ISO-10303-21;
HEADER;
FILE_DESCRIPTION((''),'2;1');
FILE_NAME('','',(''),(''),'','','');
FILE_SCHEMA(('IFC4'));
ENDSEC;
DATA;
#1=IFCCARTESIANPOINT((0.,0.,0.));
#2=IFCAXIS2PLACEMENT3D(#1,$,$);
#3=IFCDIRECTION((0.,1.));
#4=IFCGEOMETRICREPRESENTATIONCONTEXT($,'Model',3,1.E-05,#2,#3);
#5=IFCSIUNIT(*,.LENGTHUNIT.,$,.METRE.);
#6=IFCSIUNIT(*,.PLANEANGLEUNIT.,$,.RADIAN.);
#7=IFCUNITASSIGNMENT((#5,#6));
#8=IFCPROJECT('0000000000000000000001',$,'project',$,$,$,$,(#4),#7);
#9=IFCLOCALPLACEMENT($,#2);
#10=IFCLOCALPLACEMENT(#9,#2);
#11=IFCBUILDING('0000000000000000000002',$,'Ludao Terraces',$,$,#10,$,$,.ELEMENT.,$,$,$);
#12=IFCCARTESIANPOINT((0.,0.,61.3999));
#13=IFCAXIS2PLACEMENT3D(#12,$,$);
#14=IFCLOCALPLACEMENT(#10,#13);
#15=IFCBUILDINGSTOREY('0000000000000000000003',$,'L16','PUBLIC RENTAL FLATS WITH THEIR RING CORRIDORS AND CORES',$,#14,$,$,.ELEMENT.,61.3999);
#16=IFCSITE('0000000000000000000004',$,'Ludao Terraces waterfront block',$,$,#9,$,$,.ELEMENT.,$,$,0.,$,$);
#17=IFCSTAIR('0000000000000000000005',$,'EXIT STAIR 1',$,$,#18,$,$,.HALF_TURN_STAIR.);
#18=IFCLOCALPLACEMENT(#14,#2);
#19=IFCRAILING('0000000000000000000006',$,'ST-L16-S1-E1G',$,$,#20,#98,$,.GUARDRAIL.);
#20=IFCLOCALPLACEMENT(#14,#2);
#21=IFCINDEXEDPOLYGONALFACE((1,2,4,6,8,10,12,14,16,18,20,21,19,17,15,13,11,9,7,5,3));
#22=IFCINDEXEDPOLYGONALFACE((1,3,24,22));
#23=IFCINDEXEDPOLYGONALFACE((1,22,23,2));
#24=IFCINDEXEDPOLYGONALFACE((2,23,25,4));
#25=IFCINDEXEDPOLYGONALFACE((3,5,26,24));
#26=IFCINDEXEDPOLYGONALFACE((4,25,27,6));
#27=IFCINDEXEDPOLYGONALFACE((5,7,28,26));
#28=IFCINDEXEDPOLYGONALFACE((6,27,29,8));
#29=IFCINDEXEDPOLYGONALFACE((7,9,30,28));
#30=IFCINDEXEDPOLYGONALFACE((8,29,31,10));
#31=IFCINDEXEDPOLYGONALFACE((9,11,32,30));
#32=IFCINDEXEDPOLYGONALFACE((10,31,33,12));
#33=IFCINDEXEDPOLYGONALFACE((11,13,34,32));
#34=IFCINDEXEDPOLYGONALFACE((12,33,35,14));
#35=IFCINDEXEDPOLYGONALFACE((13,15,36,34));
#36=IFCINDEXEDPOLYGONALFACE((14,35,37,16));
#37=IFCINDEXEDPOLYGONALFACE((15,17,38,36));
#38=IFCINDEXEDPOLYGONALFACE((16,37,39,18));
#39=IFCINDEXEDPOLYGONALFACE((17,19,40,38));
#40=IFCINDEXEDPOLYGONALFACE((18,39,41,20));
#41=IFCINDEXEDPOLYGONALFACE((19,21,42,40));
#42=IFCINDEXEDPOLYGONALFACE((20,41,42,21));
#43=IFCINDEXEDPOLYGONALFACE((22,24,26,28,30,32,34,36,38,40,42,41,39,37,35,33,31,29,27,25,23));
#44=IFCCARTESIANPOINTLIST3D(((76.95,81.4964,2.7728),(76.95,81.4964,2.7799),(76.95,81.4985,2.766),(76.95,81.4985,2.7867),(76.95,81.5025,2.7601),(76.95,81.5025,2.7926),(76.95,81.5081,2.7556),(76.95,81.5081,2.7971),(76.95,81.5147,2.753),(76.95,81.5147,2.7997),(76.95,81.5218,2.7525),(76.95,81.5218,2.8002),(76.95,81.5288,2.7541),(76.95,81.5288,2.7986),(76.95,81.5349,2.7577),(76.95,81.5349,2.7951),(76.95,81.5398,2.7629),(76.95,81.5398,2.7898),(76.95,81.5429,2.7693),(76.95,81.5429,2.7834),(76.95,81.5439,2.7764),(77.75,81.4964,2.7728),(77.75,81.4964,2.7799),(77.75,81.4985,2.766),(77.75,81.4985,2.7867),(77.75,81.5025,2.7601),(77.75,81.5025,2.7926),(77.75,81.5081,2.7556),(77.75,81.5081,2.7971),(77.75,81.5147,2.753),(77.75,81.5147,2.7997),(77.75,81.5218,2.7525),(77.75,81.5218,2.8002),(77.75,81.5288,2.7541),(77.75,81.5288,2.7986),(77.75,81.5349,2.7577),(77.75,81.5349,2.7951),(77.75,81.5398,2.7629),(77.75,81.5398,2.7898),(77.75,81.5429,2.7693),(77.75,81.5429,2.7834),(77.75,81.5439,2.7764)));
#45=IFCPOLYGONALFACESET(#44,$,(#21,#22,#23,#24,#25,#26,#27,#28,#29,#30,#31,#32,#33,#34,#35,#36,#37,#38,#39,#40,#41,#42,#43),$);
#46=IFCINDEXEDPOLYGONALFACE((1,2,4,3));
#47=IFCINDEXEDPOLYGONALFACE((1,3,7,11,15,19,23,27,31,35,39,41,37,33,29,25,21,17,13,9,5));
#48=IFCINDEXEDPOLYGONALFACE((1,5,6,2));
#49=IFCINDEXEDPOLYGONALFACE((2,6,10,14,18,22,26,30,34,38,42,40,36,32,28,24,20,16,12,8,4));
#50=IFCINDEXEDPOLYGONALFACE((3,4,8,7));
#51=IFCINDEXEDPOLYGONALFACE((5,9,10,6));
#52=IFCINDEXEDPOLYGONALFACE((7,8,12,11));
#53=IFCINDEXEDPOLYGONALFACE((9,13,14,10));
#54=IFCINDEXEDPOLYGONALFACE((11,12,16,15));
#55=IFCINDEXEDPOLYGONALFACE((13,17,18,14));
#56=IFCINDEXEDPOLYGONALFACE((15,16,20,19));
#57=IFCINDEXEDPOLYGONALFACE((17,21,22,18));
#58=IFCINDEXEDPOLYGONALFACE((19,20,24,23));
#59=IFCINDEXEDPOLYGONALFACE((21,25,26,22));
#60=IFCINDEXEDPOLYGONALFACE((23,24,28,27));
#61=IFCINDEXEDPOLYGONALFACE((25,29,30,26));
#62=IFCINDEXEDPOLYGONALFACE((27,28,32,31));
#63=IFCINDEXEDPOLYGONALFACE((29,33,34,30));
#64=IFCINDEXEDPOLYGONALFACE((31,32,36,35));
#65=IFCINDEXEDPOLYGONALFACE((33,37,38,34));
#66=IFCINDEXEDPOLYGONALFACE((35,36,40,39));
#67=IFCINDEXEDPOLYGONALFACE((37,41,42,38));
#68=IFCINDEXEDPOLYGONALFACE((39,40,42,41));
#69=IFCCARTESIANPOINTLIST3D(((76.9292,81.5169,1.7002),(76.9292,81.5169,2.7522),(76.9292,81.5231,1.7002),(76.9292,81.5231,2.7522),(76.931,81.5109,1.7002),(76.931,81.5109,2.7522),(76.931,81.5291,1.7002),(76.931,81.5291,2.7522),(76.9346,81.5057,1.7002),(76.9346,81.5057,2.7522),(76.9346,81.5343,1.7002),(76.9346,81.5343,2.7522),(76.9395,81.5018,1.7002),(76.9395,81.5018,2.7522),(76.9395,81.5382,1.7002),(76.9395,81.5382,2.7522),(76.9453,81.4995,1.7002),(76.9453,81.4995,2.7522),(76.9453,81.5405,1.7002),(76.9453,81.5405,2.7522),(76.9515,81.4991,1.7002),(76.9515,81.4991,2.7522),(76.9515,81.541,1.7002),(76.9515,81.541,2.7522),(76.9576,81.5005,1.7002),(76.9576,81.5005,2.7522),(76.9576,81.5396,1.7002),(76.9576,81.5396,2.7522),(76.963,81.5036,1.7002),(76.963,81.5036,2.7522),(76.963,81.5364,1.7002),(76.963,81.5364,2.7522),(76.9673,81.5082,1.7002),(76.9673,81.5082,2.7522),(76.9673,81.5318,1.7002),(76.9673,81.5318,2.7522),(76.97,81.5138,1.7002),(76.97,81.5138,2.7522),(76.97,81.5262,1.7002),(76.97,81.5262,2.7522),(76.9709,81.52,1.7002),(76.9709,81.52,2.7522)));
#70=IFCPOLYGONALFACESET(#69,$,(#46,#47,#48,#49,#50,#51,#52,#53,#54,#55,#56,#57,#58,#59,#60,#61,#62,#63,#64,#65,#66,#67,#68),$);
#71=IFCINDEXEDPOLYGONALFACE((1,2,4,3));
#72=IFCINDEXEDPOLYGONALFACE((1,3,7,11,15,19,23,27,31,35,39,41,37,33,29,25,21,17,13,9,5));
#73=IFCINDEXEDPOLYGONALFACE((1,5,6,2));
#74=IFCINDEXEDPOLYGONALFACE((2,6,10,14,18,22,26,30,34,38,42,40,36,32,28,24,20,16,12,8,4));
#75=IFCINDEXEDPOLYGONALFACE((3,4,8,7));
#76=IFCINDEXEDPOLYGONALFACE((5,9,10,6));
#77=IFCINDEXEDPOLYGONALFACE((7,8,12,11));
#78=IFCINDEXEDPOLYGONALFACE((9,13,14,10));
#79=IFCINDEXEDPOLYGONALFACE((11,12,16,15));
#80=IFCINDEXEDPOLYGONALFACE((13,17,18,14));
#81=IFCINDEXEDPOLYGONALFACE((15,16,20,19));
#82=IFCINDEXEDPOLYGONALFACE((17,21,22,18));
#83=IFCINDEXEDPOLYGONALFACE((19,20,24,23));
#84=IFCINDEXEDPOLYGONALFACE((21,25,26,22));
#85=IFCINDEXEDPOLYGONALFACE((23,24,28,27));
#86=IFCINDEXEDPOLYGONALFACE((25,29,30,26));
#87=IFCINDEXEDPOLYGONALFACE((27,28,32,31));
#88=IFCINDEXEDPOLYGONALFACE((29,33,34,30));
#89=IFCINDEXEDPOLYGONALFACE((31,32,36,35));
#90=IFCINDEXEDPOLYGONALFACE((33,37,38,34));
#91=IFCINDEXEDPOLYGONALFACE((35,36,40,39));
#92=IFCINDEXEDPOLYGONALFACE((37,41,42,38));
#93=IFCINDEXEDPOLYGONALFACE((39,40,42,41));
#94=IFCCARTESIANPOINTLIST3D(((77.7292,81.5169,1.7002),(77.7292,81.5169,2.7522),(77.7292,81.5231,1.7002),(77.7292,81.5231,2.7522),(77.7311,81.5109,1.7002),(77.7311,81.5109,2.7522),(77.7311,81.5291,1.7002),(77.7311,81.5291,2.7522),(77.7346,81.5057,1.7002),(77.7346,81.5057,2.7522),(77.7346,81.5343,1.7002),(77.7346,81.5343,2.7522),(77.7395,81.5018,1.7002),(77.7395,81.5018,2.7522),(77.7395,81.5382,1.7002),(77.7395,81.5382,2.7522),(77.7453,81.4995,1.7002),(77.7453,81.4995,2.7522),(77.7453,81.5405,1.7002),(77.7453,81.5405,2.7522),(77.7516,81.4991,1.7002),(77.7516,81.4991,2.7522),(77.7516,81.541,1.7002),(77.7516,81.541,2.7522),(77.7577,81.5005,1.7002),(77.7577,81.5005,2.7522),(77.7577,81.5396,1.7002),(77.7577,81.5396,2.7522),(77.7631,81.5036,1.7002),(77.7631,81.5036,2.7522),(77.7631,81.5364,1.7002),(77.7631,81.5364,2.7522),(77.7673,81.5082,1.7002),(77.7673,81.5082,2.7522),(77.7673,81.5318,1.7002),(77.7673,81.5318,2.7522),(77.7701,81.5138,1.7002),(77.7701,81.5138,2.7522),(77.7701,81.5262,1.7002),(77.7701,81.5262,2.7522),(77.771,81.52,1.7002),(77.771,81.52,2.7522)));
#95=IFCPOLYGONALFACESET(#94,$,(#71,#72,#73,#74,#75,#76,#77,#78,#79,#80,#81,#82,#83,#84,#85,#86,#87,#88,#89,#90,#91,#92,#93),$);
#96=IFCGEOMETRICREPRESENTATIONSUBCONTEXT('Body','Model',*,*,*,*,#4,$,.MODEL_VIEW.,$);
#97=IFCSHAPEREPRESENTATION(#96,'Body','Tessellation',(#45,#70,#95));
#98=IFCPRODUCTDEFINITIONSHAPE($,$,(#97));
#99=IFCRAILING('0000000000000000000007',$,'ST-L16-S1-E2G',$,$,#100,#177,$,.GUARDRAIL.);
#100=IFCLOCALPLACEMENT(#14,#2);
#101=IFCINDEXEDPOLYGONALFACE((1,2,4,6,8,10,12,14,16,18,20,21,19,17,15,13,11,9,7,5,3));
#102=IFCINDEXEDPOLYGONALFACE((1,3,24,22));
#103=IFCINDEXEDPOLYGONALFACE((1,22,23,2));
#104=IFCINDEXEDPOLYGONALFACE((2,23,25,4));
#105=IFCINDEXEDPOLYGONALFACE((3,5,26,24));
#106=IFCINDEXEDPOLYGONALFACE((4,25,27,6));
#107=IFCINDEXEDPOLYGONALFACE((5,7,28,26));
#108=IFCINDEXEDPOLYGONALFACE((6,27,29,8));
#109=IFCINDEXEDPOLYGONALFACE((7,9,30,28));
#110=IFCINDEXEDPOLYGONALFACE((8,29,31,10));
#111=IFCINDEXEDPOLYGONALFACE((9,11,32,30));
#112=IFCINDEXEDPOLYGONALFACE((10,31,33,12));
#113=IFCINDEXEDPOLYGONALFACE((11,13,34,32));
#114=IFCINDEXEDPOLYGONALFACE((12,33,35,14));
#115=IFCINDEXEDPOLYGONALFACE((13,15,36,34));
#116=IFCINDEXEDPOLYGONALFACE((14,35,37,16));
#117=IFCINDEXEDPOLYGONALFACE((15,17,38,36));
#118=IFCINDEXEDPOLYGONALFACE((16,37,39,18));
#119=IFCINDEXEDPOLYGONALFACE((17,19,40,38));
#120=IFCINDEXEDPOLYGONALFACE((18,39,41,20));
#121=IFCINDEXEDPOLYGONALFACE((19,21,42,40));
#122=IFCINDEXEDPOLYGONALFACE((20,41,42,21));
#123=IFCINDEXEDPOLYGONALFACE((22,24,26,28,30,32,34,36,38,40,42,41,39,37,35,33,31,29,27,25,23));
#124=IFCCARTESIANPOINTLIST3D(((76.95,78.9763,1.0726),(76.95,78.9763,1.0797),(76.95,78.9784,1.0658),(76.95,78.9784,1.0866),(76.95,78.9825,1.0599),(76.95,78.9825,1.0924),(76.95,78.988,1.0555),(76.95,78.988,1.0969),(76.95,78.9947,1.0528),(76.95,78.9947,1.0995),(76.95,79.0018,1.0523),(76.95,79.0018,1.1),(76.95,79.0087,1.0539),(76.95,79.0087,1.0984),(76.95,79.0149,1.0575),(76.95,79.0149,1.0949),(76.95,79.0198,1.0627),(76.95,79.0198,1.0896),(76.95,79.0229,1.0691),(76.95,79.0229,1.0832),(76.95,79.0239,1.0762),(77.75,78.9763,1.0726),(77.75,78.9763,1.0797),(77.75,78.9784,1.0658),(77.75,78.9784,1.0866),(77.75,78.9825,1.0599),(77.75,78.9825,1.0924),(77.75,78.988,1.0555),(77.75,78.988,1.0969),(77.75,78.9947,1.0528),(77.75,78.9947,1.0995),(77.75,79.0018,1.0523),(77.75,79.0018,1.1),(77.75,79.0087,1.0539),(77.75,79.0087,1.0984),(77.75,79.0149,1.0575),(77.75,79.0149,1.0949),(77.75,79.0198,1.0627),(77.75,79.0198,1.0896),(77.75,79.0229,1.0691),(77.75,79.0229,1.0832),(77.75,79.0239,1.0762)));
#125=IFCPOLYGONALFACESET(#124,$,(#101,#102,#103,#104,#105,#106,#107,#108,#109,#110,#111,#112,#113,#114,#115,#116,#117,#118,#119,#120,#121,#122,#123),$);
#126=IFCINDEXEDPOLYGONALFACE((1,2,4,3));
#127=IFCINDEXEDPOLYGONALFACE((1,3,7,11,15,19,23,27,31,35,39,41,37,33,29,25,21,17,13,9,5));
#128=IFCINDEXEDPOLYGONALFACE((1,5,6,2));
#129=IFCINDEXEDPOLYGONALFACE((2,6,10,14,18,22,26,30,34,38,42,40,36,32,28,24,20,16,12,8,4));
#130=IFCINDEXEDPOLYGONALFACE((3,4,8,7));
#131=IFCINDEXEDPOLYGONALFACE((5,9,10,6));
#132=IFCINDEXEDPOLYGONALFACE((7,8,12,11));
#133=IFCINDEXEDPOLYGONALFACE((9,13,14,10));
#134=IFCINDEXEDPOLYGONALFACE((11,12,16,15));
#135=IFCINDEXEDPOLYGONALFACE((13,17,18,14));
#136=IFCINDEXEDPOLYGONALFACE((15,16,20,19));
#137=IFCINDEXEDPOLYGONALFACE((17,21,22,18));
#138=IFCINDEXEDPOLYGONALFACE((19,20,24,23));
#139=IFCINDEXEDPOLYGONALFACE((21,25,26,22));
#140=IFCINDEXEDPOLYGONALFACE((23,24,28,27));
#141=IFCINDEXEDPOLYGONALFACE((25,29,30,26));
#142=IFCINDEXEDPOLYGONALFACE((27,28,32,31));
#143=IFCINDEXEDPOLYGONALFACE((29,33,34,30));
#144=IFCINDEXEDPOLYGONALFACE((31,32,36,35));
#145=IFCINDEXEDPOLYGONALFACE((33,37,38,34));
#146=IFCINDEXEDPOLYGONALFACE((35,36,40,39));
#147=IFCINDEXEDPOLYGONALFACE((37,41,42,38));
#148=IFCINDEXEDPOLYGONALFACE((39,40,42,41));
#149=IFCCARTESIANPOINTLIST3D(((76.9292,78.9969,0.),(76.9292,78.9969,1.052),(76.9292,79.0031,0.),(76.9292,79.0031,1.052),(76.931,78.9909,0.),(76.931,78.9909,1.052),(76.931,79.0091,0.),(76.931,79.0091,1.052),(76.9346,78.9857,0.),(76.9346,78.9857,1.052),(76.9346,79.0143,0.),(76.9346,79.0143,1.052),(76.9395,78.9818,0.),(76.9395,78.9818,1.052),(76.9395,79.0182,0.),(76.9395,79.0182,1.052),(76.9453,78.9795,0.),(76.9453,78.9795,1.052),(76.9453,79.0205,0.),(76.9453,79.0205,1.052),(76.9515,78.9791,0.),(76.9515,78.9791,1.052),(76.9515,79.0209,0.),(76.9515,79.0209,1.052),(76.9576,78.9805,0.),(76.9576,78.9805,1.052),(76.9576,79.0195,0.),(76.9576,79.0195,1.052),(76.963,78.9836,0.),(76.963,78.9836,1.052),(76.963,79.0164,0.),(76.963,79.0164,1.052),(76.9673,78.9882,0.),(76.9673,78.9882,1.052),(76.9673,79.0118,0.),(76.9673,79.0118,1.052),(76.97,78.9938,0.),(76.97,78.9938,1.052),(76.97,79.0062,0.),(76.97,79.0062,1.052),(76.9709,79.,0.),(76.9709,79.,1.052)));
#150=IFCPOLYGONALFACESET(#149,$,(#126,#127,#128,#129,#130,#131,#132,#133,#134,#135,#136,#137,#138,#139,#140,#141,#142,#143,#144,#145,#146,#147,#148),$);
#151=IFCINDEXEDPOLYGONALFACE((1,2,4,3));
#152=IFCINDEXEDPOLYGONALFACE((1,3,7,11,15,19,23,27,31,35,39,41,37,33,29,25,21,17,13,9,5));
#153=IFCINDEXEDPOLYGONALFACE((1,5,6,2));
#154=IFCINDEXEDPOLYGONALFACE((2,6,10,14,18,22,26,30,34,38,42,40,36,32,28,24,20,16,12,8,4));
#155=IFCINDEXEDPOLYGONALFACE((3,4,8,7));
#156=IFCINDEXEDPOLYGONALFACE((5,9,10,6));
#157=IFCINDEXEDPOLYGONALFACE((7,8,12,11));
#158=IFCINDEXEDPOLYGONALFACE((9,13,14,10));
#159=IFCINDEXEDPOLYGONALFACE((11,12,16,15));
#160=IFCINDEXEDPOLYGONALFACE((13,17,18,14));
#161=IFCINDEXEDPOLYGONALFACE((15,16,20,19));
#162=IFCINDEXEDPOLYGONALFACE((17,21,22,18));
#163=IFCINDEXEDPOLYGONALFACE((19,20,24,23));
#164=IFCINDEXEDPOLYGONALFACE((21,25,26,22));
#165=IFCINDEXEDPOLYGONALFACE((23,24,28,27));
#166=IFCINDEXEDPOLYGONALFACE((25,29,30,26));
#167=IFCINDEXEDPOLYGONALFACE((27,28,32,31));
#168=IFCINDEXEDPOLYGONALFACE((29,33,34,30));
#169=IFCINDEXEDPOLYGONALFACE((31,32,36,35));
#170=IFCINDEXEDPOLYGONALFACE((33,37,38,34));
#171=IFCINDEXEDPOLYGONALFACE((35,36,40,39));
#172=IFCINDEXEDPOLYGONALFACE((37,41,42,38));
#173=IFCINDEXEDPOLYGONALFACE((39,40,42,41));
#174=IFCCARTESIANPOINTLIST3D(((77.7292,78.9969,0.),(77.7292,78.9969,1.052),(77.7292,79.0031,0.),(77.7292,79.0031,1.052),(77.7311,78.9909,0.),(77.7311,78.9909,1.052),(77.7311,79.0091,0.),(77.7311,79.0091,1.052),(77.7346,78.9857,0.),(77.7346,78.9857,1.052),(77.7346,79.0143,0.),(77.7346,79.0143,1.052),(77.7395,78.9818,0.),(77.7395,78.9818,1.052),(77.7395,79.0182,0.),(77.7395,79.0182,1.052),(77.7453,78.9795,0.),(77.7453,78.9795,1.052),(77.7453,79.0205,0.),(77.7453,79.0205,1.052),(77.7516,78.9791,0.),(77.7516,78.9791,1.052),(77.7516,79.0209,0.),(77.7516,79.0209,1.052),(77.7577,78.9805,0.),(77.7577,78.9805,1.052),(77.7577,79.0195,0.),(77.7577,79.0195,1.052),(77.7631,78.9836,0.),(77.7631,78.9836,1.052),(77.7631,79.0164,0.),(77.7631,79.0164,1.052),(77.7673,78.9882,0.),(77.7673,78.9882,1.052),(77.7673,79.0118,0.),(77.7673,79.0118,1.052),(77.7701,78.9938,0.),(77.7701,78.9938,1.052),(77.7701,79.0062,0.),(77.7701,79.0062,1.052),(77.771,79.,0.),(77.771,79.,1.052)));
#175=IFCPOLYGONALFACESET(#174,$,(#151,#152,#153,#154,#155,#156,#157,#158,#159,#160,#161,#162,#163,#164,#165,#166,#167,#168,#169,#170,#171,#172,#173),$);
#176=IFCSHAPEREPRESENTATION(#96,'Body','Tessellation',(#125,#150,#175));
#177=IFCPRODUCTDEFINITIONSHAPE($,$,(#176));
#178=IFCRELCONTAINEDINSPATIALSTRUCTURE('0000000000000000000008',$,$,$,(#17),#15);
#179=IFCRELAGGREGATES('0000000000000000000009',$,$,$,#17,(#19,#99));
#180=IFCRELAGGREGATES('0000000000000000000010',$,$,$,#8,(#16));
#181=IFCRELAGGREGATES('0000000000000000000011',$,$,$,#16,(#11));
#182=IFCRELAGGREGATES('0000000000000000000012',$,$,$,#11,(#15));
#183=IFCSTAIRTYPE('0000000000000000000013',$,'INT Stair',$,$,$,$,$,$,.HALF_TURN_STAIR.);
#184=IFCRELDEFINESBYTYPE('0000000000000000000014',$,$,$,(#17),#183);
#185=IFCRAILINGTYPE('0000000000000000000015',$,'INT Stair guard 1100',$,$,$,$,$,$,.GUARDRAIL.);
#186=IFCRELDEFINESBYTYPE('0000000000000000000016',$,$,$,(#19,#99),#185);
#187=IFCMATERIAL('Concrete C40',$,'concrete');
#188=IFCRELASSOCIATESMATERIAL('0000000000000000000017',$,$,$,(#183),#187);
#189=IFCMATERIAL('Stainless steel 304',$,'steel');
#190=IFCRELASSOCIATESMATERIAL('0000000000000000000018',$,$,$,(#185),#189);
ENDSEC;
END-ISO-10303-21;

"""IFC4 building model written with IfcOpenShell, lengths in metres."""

from ifc_helpers import new_model, si_unit, direction, frame, origin, origin_2d, place, context, subcontext, project, spatial, circle, extrude, material, type_object, element, aggregate, save


model = new_model("IFC4")

# Units and contexts
model_context = context("Model", 3, precision=1e-05, world=origin(), true_north=direction((0.0, 1.0)))
body_context = subcontext(model_context, "Body", "Model", "MODEL_VIEW")
ifc_project = project(units=[si_unit("LENGTHUNIT", "METRE"), si_unit("PLANEANGLEUNIT", "RADIAN")], contexts=[model_context])

# Site, building, storey
site_placement = place(None, origin())
site = spatial("IfcSite", under=ifc_project, at=site_placement, Name="Ludao Terraces waterfront block", CompositionType="ELEMENT", RefElevation=0.0)
building_placement = place(site_placement, origin())
building = spatial("IfcBuilding", under=site, at=building_placement, Name="Ludao Terraces", CompositionType="ELEMENT")
storey_placement = place(building_placement, frame((0.0, 0.0, 61.3999)))
storey = spatial("IfcBuildingStorey", under=building, at=storey_placement, Name="L16", Description="PUBLIC RENTAL FLATS WITH THEIR RING CORRIDORS AND CORES", CompositionType="ELEMENT", Elevation=61.3999)

# Stair, railings
ifc_material_1 = material(Name="Concrete C40", Category="concrete")
stair_type = type_object("IfcStairType", Name="INT Stair", PredefinedType="HALF_TURN_STAIR", material=ifc_material_1)
stair_placement = place(storey_placement, origin())
stair = element("IfcStair", 1, at=stair_placement, inside=storey, type_object=stair_type, Name="EXIT STAIR 1", PredefinedType="HALF_TURN_STAIR")
ifc_material_2 = material(Name="Stainless steel 304", Category="steel")
railing_type_1 = type_object("IfcRailingType", Name="INT Stair guard 1100", PredefinedType="GUARDRAIL", material=ifc_material_2)
railing_1_placement = place(storey_placement, frame((76.95, 81.52, 1.7002)))
railing_1 = element("IfcRailing", 2, at=railing_1_placement, type_object=railing_type_1, Name="ST-L16-S1-E1G", PredefinedType="GUARDRAIL", context=body_context, shape_type="SweptSolid", body=[
    extrude(circle(Radius=0.0239, at=origin_2d()), frame((0.0, 0.0, 1.0762), z_axis=(1.0, 0.0, 0.0), x_axis=(0.0, 1.0, 0.0)), (0.0, 0.0, 1.0), 0.8),
    extrude(circle(Radius=0.021, at=origin_2d()), origin(), (0.0, 0.0, 1.0), 1.052),
    extrude(circle(Radius=0.021, at=origin_2d()), frame((0.8, 0.0, 0.0)), (0.0, 0.0, 1.0), 1.052),
])
railing_2_placement = place(storey_placement, frame((76.95, 79.0, 0.0)))
railing_2 = element("IfcRailing", 3, at=railing_2_placement, type_object=railing_type_1, Name="ST-L16-S1-E2G", PredefinedType="GUARDRAIL", context=body_context, shape_type="SweptSolid", body=[
    extrude(circle(Radius=0.0239, at=origin_2d()), frame((0.0, 0.0, 1.0762), z_axis=(1.0, 0.0, 0.0), x_axis=(0.0, 1.0, 0.0)), (0.0, 0.0, 1.0), 0.8),
    extrude(circle(Radius=0.021, at=origin_2d()), origin(), (0.0, 0.0, 1.0), 1.052),
    extrude(circle(Radius=0.021, at=origin_2d()), frame((0.8, 0.0, 0.0)), (0.0, 0.0, 1.0), 1.052),
])
aggregate(stair, [railing_1, railing_2])

save(model, "model.ifc")
